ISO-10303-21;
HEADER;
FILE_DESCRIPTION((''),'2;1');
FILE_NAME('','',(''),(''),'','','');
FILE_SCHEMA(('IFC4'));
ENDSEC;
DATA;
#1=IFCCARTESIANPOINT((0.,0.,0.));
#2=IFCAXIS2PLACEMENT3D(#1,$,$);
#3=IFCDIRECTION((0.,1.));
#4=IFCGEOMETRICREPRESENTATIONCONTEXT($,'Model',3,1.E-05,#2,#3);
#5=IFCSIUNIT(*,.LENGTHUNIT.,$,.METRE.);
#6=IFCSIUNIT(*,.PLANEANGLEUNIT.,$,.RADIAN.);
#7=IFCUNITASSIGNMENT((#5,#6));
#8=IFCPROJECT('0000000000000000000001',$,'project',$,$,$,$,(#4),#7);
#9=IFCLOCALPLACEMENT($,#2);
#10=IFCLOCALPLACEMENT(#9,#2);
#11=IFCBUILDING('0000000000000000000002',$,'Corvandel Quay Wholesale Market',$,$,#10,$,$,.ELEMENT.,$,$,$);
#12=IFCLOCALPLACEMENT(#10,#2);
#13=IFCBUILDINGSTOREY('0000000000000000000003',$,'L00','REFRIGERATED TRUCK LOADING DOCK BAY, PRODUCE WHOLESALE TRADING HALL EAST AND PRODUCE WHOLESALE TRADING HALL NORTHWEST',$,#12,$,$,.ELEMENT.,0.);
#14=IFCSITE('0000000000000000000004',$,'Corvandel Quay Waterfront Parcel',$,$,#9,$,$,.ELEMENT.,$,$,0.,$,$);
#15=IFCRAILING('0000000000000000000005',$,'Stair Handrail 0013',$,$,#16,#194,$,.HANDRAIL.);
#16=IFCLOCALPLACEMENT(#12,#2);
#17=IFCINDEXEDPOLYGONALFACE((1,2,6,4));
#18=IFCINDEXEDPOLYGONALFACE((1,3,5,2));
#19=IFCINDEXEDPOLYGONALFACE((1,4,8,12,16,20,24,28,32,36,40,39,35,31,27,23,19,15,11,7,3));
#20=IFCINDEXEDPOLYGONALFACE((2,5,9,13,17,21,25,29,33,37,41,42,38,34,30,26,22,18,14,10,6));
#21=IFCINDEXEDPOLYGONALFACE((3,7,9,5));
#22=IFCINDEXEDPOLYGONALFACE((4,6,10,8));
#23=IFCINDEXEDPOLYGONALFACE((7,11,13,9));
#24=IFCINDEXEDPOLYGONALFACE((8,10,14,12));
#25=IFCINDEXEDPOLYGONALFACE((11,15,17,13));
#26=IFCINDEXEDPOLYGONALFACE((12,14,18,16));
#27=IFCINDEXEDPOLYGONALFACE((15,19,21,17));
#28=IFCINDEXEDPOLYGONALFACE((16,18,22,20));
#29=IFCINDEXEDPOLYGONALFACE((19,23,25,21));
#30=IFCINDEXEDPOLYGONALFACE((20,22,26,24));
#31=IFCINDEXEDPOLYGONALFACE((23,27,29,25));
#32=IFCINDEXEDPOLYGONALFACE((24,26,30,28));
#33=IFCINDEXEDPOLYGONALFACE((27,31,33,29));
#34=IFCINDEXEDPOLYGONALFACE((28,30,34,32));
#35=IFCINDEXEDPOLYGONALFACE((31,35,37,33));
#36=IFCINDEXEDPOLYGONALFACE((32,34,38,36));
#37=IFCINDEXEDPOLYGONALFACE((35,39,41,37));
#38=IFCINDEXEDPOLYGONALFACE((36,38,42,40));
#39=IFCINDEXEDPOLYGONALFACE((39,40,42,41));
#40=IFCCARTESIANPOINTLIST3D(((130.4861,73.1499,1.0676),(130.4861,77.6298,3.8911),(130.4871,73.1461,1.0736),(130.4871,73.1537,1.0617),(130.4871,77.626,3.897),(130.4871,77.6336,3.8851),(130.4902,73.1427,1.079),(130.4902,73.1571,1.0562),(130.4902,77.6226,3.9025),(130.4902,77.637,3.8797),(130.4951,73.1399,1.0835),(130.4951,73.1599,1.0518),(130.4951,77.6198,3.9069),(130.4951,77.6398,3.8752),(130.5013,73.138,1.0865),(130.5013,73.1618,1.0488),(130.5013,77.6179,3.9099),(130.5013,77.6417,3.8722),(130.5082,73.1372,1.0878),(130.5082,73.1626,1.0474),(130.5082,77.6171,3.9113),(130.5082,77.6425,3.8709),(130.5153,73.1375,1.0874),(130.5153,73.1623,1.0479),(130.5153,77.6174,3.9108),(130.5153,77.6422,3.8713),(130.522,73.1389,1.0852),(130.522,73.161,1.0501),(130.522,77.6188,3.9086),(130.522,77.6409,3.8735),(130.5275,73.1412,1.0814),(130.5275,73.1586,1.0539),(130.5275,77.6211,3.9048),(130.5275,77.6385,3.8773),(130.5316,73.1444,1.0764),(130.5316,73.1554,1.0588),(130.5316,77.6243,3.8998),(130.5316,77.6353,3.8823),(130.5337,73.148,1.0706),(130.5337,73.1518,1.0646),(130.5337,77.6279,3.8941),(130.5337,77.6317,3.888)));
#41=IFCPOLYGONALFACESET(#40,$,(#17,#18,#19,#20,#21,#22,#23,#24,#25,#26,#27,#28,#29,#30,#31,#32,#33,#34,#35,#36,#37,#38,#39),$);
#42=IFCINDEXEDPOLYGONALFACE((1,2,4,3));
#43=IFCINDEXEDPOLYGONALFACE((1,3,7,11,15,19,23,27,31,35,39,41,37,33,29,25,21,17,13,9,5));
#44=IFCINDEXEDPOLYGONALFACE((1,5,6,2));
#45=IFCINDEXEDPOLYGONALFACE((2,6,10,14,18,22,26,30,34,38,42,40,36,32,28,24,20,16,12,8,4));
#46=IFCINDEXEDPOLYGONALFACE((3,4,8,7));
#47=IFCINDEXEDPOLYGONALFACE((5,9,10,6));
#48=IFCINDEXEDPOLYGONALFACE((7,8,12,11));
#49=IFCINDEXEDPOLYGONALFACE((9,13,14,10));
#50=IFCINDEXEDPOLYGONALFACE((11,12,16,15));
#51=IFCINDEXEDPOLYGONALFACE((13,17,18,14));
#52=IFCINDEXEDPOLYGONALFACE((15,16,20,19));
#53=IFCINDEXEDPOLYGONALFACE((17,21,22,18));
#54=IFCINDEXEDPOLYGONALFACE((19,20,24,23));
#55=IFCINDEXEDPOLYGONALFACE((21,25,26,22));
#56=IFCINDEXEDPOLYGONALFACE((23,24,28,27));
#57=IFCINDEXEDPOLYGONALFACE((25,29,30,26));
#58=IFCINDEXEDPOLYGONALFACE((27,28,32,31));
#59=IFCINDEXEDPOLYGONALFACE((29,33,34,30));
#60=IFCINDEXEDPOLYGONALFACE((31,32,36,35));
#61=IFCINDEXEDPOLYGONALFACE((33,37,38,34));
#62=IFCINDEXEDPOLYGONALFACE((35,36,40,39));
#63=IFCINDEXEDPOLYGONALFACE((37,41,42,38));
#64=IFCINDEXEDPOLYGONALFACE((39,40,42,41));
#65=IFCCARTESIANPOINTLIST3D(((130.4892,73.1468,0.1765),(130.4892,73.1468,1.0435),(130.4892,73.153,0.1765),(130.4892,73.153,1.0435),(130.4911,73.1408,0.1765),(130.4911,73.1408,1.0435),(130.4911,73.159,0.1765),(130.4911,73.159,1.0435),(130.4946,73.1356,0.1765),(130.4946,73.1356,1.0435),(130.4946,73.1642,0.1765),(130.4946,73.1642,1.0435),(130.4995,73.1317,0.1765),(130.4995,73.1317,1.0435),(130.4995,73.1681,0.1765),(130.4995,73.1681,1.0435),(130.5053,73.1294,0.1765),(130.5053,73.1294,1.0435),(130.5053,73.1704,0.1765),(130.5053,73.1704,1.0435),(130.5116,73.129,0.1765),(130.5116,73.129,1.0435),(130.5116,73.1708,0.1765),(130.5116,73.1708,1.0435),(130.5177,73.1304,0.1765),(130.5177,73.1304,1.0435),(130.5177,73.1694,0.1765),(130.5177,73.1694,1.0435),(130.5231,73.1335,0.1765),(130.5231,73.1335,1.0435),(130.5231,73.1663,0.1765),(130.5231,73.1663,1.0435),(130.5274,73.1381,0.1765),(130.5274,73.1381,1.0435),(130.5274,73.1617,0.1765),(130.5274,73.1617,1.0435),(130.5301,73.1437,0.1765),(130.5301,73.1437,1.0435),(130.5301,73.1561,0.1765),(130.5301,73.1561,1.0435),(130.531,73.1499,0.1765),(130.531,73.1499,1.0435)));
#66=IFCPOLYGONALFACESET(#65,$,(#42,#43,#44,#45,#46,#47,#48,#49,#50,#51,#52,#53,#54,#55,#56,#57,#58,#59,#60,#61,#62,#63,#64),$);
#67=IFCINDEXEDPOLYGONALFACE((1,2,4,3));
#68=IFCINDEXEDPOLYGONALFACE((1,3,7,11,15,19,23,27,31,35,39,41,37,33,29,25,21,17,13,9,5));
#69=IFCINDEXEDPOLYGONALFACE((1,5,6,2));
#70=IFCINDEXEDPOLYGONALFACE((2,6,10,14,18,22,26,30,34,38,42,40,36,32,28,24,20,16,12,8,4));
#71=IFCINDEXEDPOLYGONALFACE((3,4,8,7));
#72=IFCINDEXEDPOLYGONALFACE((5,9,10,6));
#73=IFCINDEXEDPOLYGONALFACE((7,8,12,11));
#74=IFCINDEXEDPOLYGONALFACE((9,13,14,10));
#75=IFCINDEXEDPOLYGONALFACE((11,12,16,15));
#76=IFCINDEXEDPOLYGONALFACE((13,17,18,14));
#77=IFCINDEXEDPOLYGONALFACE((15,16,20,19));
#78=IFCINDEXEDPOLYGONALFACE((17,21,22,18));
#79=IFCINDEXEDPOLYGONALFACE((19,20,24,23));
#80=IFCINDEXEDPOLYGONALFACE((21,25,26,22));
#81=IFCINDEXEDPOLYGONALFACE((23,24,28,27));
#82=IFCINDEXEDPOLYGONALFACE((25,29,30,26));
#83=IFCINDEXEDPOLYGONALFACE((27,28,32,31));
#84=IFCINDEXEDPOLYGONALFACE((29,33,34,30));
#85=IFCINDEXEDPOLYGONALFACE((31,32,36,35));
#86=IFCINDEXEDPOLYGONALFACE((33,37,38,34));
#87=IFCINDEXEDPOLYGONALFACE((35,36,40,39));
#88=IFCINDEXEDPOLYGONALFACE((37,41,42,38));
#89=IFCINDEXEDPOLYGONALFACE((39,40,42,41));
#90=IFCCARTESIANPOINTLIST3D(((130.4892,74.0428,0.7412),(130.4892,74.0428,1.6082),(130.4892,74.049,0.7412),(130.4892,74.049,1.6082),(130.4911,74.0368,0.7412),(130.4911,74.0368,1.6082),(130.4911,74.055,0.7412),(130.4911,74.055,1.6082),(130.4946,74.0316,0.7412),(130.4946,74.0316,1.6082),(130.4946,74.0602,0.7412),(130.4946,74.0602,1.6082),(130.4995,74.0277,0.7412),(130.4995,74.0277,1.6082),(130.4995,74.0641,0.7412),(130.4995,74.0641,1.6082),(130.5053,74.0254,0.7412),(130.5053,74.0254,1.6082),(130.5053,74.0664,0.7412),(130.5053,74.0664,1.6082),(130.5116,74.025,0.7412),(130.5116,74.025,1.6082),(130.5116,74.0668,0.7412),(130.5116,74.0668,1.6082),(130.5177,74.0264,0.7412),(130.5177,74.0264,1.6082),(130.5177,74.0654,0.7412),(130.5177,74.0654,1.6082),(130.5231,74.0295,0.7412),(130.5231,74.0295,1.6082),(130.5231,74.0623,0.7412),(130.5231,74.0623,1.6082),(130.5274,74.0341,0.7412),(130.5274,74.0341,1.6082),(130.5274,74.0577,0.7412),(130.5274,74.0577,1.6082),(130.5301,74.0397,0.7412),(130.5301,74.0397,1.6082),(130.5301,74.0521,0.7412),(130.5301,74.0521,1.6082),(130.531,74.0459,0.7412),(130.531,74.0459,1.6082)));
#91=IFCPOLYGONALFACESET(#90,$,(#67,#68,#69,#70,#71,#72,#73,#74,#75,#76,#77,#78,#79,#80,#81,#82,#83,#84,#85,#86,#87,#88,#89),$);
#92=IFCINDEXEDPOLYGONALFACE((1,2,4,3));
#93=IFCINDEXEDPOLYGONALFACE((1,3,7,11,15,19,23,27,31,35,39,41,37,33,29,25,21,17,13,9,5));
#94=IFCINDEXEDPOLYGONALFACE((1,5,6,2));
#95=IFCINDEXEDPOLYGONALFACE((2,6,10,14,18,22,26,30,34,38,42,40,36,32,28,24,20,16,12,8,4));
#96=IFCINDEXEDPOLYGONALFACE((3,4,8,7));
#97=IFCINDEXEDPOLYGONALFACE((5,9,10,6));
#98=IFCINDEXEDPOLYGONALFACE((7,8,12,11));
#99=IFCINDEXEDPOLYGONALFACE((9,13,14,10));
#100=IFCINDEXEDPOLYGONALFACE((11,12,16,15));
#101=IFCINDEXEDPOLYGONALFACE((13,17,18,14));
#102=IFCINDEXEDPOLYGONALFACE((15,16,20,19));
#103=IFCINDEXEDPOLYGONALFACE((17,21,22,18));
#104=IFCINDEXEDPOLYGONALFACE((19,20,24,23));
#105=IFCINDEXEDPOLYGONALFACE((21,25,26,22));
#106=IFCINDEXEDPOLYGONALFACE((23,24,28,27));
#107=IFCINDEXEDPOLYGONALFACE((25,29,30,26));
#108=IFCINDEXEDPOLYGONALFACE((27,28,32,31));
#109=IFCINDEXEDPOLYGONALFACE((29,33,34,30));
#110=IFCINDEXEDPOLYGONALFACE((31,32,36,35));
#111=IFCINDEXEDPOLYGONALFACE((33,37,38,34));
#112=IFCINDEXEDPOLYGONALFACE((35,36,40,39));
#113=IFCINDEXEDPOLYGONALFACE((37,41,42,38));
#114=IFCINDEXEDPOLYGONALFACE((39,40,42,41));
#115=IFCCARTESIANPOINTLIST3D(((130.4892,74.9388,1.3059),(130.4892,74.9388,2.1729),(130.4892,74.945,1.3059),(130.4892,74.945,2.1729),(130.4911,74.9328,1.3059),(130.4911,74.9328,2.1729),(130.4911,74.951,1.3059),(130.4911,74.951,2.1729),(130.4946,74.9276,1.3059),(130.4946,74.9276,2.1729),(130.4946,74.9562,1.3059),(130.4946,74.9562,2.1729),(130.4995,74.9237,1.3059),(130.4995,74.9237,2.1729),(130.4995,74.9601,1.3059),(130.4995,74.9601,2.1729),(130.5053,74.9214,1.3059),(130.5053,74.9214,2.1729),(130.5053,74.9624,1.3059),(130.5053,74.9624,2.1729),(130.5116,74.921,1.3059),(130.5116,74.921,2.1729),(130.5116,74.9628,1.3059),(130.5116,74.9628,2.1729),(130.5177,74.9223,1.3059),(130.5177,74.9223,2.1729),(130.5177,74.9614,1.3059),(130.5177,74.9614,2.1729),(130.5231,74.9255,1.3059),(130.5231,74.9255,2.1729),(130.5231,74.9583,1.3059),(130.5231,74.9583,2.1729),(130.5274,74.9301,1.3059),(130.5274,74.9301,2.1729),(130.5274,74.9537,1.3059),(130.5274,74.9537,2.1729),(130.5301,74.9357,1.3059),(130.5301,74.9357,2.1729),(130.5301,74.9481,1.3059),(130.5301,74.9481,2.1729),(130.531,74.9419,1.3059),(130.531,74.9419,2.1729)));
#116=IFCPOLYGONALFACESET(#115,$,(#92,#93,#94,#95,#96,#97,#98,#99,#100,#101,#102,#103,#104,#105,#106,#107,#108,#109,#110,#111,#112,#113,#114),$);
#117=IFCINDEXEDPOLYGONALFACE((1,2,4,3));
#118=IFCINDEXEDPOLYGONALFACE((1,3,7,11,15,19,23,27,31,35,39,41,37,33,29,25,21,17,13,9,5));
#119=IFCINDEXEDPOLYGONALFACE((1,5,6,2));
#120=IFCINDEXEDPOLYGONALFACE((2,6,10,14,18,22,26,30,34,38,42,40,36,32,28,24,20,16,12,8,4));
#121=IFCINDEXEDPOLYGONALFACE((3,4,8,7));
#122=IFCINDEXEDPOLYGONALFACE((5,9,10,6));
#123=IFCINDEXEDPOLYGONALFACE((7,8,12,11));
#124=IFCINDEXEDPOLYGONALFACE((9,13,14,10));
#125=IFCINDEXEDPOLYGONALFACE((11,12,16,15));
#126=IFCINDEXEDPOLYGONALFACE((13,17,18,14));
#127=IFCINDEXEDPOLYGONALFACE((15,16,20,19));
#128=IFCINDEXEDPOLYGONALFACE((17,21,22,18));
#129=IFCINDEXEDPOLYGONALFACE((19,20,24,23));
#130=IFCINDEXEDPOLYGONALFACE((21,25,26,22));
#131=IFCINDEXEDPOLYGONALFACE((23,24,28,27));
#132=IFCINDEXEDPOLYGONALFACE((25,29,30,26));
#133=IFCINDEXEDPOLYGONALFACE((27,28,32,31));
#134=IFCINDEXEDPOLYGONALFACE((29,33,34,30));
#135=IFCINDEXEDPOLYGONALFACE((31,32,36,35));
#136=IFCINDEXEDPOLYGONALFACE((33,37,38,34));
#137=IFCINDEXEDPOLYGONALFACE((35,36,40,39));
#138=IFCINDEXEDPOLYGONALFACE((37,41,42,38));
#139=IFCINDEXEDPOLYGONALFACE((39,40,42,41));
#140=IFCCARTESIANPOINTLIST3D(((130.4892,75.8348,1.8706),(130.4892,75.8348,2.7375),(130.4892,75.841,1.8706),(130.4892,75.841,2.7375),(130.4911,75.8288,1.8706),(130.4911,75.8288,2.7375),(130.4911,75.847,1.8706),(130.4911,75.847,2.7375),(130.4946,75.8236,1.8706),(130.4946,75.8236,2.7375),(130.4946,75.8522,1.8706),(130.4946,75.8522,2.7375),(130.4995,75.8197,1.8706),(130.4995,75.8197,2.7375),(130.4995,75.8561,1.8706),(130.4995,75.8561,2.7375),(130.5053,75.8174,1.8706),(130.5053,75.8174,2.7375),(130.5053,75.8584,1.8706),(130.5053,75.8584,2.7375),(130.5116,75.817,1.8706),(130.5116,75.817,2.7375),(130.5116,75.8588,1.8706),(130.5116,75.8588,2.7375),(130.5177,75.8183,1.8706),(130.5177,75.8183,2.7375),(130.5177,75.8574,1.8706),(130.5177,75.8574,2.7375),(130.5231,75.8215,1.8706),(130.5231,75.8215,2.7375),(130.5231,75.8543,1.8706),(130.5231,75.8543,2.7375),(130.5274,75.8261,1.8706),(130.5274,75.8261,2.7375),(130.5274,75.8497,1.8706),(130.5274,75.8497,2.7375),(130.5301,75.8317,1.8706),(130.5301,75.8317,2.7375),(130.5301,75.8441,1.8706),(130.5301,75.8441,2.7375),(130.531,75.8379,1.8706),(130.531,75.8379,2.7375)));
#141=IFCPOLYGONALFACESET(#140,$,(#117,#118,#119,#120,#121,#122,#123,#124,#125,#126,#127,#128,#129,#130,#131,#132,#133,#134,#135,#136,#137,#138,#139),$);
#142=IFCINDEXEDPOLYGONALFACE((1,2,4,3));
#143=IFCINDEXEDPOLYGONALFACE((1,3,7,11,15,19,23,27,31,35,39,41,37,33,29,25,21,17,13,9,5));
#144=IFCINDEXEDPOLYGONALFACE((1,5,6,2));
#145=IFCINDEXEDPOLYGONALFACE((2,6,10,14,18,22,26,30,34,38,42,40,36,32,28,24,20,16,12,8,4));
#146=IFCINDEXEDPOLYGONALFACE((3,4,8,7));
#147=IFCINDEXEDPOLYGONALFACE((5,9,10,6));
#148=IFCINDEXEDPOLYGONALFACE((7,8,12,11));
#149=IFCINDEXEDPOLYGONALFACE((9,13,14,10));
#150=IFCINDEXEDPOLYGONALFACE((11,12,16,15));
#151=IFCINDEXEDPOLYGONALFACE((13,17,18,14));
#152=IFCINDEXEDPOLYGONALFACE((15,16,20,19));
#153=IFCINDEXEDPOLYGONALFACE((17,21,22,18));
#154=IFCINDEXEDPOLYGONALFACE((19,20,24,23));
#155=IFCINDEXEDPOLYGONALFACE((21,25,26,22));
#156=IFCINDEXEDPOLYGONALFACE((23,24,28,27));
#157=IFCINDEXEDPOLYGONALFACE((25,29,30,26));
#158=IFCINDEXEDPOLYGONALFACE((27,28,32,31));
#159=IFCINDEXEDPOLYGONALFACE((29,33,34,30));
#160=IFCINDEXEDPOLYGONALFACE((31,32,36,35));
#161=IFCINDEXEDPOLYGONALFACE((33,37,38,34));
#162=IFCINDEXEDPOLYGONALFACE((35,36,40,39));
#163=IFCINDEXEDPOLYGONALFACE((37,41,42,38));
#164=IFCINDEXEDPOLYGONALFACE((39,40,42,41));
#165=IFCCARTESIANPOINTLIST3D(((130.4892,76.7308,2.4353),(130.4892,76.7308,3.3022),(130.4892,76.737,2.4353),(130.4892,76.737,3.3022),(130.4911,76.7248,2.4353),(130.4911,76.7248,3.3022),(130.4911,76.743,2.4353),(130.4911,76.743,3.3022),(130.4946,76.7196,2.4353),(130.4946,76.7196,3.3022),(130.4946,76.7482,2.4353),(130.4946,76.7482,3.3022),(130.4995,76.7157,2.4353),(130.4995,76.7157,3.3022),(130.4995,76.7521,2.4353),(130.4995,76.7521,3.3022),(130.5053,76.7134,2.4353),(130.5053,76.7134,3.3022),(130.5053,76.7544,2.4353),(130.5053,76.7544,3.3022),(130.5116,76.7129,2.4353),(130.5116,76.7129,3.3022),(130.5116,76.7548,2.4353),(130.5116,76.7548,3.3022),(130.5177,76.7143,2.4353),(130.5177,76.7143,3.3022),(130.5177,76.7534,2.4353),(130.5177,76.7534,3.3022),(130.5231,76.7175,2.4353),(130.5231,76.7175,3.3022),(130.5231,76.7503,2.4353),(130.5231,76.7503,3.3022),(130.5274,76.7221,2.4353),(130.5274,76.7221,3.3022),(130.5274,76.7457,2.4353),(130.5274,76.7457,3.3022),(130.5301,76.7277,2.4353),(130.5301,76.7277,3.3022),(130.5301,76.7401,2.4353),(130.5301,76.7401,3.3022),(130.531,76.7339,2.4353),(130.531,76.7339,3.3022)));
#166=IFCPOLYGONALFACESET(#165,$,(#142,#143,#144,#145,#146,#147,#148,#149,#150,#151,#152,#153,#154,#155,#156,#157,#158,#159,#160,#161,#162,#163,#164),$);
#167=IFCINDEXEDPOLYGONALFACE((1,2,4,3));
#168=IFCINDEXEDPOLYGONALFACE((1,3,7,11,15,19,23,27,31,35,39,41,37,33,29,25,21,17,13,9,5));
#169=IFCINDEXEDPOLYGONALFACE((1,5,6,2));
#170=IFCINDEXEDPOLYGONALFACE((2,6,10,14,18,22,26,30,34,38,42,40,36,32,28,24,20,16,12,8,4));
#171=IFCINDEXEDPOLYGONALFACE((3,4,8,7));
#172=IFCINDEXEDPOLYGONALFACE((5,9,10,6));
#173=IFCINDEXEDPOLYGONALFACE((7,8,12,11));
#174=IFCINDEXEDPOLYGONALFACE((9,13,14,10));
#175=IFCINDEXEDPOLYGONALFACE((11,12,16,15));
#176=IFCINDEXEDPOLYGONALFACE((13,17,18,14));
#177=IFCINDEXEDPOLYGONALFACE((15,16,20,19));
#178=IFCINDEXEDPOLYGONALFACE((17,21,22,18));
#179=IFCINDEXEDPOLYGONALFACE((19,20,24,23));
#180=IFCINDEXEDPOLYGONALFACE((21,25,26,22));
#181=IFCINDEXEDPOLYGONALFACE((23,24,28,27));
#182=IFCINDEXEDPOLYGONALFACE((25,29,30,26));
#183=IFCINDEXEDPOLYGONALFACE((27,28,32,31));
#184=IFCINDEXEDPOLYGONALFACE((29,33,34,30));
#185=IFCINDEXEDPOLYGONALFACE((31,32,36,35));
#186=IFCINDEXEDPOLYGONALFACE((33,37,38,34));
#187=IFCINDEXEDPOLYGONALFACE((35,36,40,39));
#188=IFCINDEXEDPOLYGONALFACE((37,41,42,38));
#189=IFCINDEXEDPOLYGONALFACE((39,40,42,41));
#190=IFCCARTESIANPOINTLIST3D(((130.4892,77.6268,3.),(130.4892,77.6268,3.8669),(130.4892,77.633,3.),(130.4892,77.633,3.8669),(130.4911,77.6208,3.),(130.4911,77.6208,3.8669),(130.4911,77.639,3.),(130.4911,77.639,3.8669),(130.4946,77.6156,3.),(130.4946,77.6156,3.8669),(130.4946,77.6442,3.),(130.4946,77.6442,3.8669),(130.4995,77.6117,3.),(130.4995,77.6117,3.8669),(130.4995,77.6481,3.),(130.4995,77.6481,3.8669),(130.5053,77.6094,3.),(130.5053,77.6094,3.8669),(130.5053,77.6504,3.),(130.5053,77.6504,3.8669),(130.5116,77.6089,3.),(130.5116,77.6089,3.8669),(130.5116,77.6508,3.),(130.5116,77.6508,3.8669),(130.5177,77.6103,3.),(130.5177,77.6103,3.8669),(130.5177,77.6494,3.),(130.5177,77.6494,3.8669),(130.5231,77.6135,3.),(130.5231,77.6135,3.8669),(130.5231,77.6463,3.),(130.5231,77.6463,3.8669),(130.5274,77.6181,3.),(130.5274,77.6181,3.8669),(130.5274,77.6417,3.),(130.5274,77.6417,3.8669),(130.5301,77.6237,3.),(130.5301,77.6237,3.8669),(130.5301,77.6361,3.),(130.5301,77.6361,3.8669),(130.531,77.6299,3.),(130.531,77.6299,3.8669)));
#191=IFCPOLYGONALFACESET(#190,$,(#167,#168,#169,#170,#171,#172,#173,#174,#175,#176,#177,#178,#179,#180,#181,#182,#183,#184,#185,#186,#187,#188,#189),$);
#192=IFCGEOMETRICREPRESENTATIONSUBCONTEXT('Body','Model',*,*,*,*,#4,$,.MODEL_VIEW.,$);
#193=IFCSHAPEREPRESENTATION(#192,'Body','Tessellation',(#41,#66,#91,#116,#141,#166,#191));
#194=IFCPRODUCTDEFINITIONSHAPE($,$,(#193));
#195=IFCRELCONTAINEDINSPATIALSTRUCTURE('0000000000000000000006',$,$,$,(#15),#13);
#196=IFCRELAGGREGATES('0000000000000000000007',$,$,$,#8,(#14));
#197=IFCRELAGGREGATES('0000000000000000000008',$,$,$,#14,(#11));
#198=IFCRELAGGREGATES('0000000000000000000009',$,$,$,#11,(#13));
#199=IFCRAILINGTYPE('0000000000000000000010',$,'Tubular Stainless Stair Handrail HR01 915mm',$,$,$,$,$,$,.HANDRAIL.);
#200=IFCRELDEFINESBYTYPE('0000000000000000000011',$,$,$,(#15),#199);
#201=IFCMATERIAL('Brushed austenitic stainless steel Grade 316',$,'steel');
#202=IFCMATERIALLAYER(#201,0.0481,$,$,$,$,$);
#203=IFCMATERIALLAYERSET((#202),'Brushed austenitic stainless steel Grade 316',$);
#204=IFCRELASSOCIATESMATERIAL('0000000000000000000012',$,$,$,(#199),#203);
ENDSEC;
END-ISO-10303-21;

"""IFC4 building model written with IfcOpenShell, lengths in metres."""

from ifc_helpers import new_model, si_unit, direction, frame, origin, origin_2d, place, context, subcontext, project, spatial, circle, extrude, material, layer, layer_set, type_object, element, save


model = new_model("IFC4")

# Units and contexts
model_context = context("Model", 3, precision=1e-05, world=origin(), true_north=direction((0.0, 1.0)))
body_context = subcontext(model_context, "Body", "Model", "MODEL_VIEW")
ifc_project = project(units=[si_unit("LENGTHUNIT", "METRE"), si_unit("PLANEANGLEUNIT", "RADIAN")], contexts=[model_context])

# Site, building, storey
site_placement = place(None, origin())
site = spatial("IfcSite", under=ifc_project, at=site_placement, Name="Corvandel Quay Waterfront Parcel", CompositionType="ELEMENT", RefElevation=0.0)
building_placement = place(site_placement, origin())
building = spatial("IfcBuilding", under=site, at=building_placement, Name="Corvandel Quay Wholesale Market", CompositionType="ELEMENT")
storey_placement = place(building_placement, origin())
storey = spatial("IfcBuildingStorey", under=building, at=storey_placement, Name="L00", Description="REFRIGERATED TRUCK LOADING DOCK BAY, PRODUCE WHOLESALE TRADING HALL EAST AND PRODUCE WHOLESALE TRADING HALL NORTHWEST", CompositionType="ELEMENT", Elevation=0.0)

# Railing
ifc_material_1 = material(Name="Brushed austenitic stainless steel Grade 316", Category="steel")
ifc_layer_1 = layer(ifc_material_1, 0.0481)
ifc_layer_set_1 = layer_set([ifc_layer_1], Name="Brushed austenitic stainless steel Grade 316")
railing_type_1 = type_object("IfcRailingType", Name="Tubular Stainless Stair Handrail HR01 915mm", PredefinedType="HANDRAIL", material=ifc_layer_set_1)
for number, where, name in (
    (1, (130.51, 73.1499, 0.1765), "Stair Handrail 0013"),
):
    element("IfcRailing", number, at=place(storey_placement, frame(where)), inside=storey, type_object=railing_type_1, Name=name, PredefinedType="HANDRAIL", context=body_context, shape_type="SweptSolid", body=[
        extrude(circle(Radius=0.0239, at=origin_2d()), frame((0.0, 0.0, 0.8911), z_axis=(0.0, 0.845998, 0.533186), x_axis=(-1.0, 0.0, 0.0)), (0.0, 0.0, 1.0), 5.2954),
        extrude(circle(Radius=0.021, at=origin_2d()), origin(), (0.0, 0.0, 1.0), 0.8669),
        extrude(circle(Radius=0.021, at=origin_2d()), frame((0.0, 0.896, 0.5647)), (0.0, 0.0, 1.0), 0.8669),
        extrude(circle(Radius=0.021, at=origin_2d()), frame((0.0, 1.792, 1.1294)), (0.0, 0.0, 1.0), 0.8669),
        extrude(circle(Radius=0.021, at=origin_2d()), frame((0.0, 2.688, 1.6941)), (0.0, 0.0, 1.0), 0.8669),
        extrude(circle(Radius=0.021, at=origin_2d()), frame((0.0, 3.584, 2.2588)), (0.0, 0.0, 1.0), 0.8669),
        extrude(circle(Radius=0.021, at=origin_2d()), frame((0.0, 4.48, 2.8235)), (0.0, 0.0, 1.0), 0.8669),
    ])

save(model, "model.ifc")
